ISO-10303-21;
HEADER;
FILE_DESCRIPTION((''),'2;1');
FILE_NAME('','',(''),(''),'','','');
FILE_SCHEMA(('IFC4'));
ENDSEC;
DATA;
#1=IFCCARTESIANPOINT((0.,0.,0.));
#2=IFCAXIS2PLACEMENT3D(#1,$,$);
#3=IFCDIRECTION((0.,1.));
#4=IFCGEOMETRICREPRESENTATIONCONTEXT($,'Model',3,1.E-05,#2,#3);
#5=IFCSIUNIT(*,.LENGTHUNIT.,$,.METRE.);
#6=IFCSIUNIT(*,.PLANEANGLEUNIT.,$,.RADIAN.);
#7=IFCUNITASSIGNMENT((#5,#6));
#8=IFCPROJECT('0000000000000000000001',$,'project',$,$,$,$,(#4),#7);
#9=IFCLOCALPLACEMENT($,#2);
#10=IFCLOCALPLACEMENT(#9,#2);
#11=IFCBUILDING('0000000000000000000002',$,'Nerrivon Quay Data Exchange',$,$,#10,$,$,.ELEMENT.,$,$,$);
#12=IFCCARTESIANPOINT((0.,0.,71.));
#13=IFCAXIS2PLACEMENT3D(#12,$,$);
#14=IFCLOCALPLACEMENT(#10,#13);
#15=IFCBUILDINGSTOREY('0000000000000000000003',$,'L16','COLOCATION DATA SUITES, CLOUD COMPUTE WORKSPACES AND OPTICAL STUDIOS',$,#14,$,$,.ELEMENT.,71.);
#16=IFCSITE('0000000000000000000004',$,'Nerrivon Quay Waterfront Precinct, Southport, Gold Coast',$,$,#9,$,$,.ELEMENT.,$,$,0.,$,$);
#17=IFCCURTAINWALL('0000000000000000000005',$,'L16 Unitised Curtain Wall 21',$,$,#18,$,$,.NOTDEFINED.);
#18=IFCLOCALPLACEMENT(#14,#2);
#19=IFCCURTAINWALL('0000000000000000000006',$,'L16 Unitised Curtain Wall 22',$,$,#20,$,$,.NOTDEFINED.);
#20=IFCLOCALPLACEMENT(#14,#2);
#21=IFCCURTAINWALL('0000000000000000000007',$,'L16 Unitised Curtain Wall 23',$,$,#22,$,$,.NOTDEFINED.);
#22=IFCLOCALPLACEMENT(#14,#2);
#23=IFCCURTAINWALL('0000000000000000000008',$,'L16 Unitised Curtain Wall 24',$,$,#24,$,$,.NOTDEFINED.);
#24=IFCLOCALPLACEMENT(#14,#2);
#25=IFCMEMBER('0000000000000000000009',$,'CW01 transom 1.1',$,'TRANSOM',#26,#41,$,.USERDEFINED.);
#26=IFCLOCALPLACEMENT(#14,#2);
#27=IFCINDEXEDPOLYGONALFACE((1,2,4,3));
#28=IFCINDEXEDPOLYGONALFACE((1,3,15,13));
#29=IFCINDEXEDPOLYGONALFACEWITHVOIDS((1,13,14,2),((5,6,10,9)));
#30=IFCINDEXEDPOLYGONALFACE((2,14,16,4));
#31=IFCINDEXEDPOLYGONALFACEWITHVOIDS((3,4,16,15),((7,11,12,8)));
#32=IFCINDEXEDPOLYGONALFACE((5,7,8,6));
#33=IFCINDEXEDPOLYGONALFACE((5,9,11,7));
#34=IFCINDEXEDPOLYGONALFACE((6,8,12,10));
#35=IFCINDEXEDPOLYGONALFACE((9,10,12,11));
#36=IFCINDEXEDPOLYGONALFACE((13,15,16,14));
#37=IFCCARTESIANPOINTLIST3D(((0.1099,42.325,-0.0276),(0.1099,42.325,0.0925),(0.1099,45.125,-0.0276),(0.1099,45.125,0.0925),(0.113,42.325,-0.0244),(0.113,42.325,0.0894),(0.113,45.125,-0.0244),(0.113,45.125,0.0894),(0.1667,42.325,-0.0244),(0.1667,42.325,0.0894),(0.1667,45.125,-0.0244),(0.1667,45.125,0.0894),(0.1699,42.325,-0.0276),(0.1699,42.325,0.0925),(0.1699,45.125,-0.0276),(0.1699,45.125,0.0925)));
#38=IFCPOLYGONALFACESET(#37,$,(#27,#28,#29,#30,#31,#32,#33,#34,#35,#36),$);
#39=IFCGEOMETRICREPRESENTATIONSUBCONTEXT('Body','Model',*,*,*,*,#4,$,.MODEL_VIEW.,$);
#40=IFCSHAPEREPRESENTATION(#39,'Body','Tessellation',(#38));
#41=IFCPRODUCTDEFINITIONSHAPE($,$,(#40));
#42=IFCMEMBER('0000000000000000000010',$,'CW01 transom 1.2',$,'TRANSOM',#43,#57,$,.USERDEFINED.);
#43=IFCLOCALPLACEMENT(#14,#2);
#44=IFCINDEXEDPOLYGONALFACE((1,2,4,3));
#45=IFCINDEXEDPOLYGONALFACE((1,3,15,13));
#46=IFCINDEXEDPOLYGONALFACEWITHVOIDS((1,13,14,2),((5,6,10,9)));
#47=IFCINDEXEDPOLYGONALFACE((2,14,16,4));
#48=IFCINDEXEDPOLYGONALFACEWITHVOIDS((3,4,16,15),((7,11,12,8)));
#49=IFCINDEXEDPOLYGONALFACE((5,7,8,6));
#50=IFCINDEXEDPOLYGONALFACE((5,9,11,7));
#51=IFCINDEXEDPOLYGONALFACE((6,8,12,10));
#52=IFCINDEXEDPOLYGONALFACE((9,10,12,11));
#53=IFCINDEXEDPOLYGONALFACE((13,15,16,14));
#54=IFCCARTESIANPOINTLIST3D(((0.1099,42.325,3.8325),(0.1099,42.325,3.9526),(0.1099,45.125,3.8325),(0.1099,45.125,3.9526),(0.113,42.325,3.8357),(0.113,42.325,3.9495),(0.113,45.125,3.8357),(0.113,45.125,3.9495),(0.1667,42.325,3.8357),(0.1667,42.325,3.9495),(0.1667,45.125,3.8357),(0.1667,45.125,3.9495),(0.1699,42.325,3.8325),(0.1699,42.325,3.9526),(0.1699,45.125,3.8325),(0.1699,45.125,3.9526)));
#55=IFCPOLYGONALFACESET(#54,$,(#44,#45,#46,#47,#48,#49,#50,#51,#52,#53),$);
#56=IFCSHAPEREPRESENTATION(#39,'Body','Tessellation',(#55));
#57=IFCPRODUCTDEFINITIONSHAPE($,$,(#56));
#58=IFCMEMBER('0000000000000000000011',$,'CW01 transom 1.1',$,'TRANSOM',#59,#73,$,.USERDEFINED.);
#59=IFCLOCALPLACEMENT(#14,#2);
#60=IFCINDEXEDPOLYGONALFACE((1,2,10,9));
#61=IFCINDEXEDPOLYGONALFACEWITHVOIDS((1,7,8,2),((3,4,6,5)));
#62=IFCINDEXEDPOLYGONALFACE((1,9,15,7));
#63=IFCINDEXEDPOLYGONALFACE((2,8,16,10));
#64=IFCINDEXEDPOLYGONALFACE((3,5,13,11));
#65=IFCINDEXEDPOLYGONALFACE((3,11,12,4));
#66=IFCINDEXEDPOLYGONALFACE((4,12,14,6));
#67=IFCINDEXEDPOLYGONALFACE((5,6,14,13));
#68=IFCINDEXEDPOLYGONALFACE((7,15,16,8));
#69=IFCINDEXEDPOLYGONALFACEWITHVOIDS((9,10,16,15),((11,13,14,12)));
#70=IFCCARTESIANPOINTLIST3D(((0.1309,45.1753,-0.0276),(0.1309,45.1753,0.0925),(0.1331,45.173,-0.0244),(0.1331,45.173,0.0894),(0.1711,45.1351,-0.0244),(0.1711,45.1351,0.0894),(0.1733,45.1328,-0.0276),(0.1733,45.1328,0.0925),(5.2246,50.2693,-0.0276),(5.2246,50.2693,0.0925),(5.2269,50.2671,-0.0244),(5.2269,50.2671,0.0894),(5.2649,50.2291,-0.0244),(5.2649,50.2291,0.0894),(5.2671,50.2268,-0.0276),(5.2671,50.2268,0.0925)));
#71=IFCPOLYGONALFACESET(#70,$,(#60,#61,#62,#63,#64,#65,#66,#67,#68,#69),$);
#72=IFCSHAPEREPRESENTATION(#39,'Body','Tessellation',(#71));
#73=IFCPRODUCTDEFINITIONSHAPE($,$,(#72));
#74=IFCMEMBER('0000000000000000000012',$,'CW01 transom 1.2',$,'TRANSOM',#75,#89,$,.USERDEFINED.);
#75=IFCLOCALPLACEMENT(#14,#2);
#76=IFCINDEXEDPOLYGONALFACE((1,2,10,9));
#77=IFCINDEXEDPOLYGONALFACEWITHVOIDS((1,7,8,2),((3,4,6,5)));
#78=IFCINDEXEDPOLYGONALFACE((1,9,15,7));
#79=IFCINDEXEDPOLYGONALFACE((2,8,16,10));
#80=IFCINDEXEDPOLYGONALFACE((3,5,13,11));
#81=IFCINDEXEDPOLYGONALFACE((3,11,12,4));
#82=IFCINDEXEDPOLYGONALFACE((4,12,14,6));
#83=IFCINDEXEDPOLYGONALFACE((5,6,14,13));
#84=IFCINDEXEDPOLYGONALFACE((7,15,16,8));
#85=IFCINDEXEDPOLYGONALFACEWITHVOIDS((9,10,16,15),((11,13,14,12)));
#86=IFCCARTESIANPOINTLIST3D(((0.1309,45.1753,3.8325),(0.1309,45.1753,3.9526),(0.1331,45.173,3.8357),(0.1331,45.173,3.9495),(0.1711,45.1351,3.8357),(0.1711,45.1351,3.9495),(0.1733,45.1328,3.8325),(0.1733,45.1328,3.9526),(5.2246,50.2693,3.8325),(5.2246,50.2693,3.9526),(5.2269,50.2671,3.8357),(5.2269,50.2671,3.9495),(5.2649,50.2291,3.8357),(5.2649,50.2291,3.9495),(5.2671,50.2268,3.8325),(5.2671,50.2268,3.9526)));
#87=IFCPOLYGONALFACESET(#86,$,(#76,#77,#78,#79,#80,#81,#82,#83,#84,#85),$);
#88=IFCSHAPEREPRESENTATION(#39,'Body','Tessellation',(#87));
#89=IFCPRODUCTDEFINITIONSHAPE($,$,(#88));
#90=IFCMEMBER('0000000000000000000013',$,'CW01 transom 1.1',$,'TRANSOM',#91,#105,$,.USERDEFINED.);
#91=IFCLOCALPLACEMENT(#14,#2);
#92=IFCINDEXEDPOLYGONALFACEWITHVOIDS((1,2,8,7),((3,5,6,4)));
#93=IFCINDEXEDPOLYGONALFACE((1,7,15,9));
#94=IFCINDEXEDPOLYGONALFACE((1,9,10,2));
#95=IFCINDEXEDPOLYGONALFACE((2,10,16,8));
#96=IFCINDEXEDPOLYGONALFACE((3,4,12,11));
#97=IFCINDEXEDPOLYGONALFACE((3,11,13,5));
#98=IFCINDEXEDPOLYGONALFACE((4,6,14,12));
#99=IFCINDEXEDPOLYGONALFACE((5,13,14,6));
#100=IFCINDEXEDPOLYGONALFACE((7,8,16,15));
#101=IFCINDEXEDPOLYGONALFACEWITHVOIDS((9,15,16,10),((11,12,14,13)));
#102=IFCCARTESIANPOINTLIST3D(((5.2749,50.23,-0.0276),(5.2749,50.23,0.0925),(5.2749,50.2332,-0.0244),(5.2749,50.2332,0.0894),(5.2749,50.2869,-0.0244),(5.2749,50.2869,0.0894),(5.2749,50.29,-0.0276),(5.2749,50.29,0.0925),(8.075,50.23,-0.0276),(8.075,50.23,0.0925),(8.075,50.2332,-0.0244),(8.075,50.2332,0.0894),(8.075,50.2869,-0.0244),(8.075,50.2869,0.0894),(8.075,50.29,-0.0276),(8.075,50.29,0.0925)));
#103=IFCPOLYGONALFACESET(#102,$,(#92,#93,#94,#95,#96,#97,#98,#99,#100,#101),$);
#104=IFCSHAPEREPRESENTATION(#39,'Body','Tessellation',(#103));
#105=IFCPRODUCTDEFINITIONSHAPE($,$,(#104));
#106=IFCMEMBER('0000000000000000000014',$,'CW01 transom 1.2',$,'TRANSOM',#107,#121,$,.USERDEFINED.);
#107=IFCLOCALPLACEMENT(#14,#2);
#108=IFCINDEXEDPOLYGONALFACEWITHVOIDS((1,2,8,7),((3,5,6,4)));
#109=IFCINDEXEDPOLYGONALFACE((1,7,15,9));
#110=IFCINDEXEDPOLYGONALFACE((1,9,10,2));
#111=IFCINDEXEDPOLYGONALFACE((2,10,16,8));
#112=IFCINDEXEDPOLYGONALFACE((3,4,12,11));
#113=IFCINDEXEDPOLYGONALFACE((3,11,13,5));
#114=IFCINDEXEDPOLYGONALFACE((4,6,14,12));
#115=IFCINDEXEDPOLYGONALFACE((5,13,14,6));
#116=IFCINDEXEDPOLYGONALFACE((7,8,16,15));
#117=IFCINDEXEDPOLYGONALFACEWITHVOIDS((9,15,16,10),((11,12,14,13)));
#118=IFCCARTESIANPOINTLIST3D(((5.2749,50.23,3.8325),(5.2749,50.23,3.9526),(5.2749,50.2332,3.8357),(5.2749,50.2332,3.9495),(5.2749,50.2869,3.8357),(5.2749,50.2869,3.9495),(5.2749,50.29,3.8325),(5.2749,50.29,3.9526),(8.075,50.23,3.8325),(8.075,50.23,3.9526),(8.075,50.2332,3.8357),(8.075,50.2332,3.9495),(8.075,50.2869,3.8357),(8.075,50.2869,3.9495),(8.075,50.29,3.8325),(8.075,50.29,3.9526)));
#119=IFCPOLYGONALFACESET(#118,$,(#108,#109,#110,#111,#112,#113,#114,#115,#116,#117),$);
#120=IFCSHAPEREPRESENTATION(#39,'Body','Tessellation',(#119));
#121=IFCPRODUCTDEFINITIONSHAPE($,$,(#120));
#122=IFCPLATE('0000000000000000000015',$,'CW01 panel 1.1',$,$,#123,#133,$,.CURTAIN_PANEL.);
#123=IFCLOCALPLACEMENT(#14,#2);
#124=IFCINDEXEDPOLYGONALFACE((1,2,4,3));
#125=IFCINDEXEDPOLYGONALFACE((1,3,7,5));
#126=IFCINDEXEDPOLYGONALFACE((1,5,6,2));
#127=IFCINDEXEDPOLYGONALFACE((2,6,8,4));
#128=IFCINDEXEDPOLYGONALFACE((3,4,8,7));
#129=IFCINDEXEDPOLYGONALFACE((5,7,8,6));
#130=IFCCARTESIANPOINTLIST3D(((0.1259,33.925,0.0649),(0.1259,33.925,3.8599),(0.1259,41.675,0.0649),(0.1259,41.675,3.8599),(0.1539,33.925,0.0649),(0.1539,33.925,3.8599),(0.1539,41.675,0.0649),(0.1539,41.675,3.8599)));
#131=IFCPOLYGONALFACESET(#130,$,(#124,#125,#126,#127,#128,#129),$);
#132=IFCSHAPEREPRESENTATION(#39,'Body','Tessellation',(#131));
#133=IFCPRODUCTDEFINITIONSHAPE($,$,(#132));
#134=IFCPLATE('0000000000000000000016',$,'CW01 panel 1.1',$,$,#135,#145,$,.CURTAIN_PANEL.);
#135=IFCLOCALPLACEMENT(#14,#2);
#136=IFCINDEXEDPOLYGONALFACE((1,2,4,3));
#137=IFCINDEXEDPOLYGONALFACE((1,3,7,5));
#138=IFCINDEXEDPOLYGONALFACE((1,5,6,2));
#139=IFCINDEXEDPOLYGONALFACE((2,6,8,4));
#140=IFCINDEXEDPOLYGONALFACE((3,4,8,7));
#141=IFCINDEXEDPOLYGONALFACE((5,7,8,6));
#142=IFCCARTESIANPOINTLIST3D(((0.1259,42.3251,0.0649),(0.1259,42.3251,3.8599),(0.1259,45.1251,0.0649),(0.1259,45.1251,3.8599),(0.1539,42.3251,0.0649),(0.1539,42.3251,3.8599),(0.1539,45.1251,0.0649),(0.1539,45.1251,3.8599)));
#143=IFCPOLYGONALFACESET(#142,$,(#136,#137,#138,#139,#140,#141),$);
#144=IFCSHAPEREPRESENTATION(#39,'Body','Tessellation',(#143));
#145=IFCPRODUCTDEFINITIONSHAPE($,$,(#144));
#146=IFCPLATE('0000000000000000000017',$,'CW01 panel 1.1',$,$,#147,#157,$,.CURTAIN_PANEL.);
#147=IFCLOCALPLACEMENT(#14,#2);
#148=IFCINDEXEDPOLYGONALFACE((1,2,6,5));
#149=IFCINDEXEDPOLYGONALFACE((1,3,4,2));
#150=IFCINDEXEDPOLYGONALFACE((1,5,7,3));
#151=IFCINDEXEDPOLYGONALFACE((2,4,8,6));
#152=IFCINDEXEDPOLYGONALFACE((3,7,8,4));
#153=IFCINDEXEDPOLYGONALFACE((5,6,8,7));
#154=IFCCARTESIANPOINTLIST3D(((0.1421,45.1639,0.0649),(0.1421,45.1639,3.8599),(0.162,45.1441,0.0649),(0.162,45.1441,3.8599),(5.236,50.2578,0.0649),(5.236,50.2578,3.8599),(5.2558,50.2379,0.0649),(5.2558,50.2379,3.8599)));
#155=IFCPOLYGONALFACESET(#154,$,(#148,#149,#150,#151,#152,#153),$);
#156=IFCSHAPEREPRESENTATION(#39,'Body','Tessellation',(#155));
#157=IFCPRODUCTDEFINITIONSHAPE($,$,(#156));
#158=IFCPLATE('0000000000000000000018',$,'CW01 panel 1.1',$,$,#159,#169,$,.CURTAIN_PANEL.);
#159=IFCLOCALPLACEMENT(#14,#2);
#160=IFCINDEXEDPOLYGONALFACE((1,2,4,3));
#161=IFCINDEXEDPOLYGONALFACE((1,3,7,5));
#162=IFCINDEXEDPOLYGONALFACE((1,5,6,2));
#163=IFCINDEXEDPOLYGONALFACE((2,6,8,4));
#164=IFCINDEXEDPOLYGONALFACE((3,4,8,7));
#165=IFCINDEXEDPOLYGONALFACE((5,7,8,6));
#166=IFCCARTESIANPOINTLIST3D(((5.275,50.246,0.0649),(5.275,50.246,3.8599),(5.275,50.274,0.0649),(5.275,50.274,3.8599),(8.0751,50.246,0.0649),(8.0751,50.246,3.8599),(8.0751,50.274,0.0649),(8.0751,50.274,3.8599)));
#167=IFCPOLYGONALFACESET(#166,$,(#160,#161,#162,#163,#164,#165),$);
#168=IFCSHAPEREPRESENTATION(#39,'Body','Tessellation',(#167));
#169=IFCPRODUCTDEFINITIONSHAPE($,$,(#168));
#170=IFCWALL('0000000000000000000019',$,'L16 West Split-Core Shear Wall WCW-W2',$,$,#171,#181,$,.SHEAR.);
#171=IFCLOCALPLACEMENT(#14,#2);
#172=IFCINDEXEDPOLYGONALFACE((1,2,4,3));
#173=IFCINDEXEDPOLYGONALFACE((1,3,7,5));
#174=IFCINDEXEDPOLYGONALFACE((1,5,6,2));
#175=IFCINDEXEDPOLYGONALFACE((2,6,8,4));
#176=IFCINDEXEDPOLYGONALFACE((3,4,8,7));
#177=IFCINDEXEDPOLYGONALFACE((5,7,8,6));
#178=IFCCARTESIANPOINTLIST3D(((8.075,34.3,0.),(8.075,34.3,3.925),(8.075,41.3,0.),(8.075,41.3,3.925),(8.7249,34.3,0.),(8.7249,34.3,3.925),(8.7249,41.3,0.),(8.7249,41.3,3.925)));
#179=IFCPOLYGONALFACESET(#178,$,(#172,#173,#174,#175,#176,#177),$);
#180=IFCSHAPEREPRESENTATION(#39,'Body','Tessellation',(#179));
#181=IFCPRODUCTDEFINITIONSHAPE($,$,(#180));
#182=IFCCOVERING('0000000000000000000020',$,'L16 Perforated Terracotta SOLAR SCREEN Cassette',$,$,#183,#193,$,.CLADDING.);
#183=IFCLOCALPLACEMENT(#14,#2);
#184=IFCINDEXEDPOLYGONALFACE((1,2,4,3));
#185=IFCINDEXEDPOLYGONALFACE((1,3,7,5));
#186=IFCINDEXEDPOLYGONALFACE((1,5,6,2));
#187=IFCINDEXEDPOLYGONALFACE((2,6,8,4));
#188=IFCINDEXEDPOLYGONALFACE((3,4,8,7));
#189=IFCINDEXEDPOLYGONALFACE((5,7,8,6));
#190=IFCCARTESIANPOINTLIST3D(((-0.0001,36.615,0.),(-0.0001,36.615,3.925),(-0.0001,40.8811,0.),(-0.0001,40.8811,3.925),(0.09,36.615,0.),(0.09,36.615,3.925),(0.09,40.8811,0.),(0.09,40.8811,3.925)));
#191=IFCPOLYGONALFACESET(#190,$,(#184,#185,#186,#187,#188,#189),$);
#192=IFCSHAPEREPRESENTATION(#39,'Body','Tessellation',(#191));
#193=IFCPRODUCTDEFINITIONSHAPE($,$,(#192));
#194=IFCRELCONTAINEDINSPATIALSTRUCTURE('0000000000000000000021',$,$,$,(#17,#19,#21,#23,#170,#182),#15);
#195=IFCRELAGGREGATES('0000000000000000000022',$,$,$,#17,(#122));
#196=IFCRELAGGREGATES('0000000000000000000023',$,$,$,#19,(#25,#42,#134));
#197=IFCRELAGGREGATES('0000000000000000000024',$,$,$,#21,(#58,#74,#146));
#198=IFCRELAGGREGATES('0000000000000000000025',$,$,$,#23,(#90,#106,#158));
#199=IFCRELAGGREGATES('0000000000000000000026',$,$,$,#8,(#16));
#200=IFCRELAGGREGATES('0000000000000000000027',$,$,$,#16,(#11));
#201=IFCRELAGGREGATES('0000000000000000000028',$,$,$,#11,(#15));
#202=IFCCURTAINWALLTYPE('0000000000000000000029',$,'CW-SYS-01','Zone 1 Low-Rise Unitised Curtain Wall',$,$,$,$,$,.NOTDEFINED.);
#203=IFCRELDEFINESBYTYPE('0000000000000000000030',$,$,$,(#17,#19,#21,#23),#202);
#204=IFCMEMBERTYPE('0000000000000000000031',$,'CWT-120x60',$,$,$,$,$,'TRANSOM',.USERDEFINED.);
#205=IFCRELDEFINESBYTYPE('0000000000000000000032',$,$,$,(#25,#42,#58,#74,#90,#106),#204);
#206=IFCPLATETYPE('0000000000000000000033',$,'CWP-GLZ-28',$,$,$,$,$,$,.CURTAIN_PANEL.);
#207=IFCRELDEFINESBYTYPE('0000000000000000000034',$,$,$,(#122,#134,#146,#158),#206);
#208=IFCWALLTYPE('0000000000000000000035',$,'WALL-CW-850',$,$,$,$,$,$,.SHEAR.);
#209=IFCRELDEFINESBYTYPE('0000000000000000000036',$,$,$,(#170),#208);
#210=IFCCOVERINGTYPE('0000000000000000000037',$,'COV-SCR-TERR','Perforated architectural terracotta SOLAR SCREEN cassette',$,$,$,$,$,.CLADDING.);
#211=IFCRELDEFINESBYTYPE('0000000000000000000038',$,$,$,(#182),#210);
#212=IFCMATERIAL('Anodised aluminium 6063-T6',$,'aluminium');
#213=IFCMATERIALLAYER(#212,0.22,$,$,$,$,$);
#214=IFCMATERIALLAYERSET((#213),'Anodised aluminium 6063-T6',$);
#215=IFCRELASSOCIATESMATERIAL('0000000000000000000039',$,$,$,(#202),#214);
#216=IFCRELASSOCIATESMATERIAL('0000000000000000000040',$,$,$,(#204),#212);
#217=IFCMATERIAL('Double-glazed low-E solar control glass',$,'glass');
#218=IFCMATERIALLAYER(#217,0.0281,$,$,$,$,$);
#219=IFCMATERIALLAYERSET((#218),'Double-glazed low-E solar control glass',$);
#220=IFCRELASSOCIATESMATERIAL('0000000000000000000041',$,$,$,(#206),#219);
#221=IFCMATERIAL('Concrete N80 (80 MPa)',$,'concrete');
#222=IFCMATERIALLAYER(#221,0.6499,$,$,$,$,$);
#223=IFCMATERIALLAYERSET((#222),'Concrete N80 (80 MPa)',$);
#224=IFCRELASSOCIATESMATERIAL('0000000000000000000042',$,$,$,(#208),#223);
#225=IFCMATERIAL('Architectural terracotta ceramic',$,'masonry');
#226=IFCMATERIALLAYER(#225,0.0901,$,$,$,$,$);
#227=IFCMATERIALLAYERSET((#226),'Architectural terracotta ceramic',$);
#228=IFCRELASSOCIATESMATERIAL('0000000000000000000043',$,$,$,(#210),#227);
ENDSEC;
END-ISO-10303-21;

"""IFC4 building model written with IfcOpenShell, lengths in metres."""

from ifc_helpers import new_model, si_unit, direction, frame, frame_2d, origin, origin_2d, place, context, subcontext, project, spatial, rectangle, hollow_rectangle, extrude, material, layer, layer_set, material_profile, profile_set, type_object, element, aggregate, save


model = new_model("IFC4")

# Units and contexts
model_context = context("Model", 3, precision=1e-05, world=origin(), true_north=direction((0.0, 1.0)))
body_context = subcontext(model_context, "Body", "Model", "MODEL_VIEW")
ifc_project = project(units=[si_unit("LENGTHUNIT", "METRE"), si_unit("PLANEANGLEUNIT", "RADIAN")], contexts=[model_context])

# Site, building, storey
site_placement = place(None, origin())
site = spatial("IfcSite", under=ifc_project, at=site_placement, Name="Nerrivon Quay Waterfront Precinct, Southport, Gold Coast", CompositionType="ELEMENT", RefElevation=0.0)
building_placement = place(site_placement, origin())
building = spatial("IfcBuilding", under=site, at=building_placement, Name="Nerrivon Quay Data Exchange", CompositionType="ELEMENT")
storey_placement = place(building_placement, frame((0.0, 0.0, 71.0)))
storey = spatial("IfcBuildingStorey", under=building, at=storey_placement, Name="L16", Description="COLOCATION DATA SUITES, CLOUD COMPUTE WORKSPACES AND OPTICAL STUDIOS", CompositionType="ELEMENT", Elevation=71.0)

# Shared definitions
ifc_material_1 = material(Name="Concrete N80 (80 MPa)", Category="concrete")

# Curtain wall
ifc_material_2 = material(Name="Anodised aluminium 6063-T6", Category="aluminium")
ifc_layer_1 = layer(ifc_material_2, 0.22)
ifc_layer_set_1 = layer_set([ifc_layer_1], Name="Anodised aluminium 6063-T6")
curtain_wall_type = type_object("IfcCurtainWallType", Name="CW-SYS-01", Description="Zone 1 Low-Rise Unitised Curtain Wall", PredefinedType="NOTDEFINED", material=ifc_layer_set_1)
curtain_wall_1_placement = place(storey_placement, origin())
curtain_wall_1 = element("IfcCurtainWall", 1, at=curtain_wall_1_placement, inside=storey, type_object=curtain_wall_type, Name="L16 Unitised Curtain Wall 21", PredefinedType="NOTDEFINED")

# Curtain walls
curtain_wall_2_placement = place(storey_placement, origin())
curtain_wall_2 = element("IfcCurtainWall", 2, at=curtain_wall_2_placement, inside=storey, type_object=curtain_wall_type, Name="L16 Unitised Curtain Wall 22", PredefinedType="NOTDEFINED")
curtain_wall_3_placement = place(storey_placement, origin())
curtain_wall_3 = element("IfcCurtainWall", 3, at=curtain_wall_3_placement, inside=storey, type_object=curtain_wall_type, Name="L16 Unitised Curtain Wall 23", PredefinedType="NOTDEFINED")
curtain_wall_4_placement = place(storey_placement, origin())
curtain_wall_4 = element("IfcCurtainWall", 4, at=curtain_wall_4_placement, inside=storey, type_object=curtain_wall_type, Name="L16 Unitised Curtain Wall 24", PredefinedType="NOTDEFINED")

# Members
ifc_material_profile_1 = material_profile(ifc_material_2, hollow_rectangle(XDim=0.0601, YDim=0.1201, WallThickness=0.0032, at=origin_2d()), Name="ALU-TRAN-120x60")
ifc_profile_set_1 = profile_set([ifc_material_profile_1], Name="Anodised aluminium 6063-T6")
member_type_1 = type_object("IfcMemberType", Name="CWT-120x60", ElementType="TRANSOM", PredefinedType="USERDEFINED", material=ifc_profile_set_1)
member_1_placement = place(storey_placement, frame((0.1399, 42.325, 0.0325), z_axis=(0.0, 1.0, 0.0), x_axis=(-1.0, 0.0, 0.0)))
member_1 = element("IfcMember", 5, at=member_1_placement, type_object=member_type_1, Name="CW01 transom 1.1", ObjectType="TRANSOM", PredefinedType="USERDEFINED", context=body_context, shape_type="SweptSolid", body=[
    extrude(hollow_rectangle(XDim=0.0601, YDim=0.1201, WallThickness=0.0032, at=origin_2d()), origin(), (0.0, 0.0, 1.0), 2.8),
])
member_2_placement = place(storey_placement, frame((0.1399, 42.325, 3.8926), z_axis=(0.0, 1.0, 0.0), x_axis=(-1.0, 0.0, 0.0)))
member_2 = element("IfcMember", 6, at=member_2_placement, type_object=member_type_1, Name="CW01 transom 1.2", ObjectType="TRANSOM", PredefinedType="USERDEFINED", context=body_context, shape_type="SweptSolid", body=[
    extrude(hollow_rectangle(XDim=0.0601, YDim=0.1201, WallThickness=0.0032, at=origin_2d()), origin(), (0.0, 0.0, 1.0), 2.8),
])
member_3_placement = place(storey_placement, frame((0.1521, 45.1541, 0.0325), z_axis=(0.70709, 0.707124, 0.0), x_axis=(-0.707124, 0.70709, 0.0)))
member_3 = element("IfcMember", 7, at=member_3_placement, type_object=member_type_1, Name="CW01 transom 1.1", ObjectType="TRANSOM", PredefinedType="USERDEFINED", context=body_context, shape_type="SweptSolid", body=[
    extrude(hollow_rectangle(XDim=0.0601, YDim=0.1201, WallThickness=0.0032, at=origin_2d()), origin(), (0.0, 0.0, 1.0), 7.2039),
])
member_4_placement = place(storey_placement, frame((0.1521, 45.1541, 3.8926), z_axis=(0.70709, 0.707124, 0.0), x_axis=(-0.707124, 0.70709, 0.0)))
member_4 = element("IfcMember", 8, at=member_4_placement, type_object=member_type_1, Name="CW01 transom 1.2", ObjectType="TRANSOM", PredefinedType="USERDEFINED", context=body_context, shape_type="SweptSolid", body=[
    extrude(hollow_rectangle(XDim=0.0601, YDim=0.1201, WallThickness=0.0032, at=origin_2d()), origin(), (0.0, 0.0, 1.0), 7.2039),
])
member_5_placement = place(storey_placement, frame((5.2749, 50.26, 0.0325), z_axis=(1.0, 0.0, 0.0), x_axis=(0.0, 1.0, 0.0)))
member_5 = element("IfcMember", 9, at=member_5_placement, type_object=member_type_1, Name="CW01 transom 1.1", ObjectType="TRANSOM", PredefinedType="USERDEFINED", context=body_context, shape_type="SweptSolid", body=[
    extrude(hollow_rectangle(XDim=0.0601, YDim=0.1201, WallThickness=0.0032, at=origin_2d()), origin(), (0.0, 0.0, 1.0), 2.8),
])
member_6_placement = place(storey_placement, frame((5.2749, 50.26, 3.8926), z_axis=(1.0, 0.0, 0.0), x_axis=(0.0, 1.0, 0.0)))
member_6 = element("IfcMember", 10, at=member_6_placement, type_object=member_type_1, Name="CW01 transom 1.2", ObjectType="TRANSOM", PredefinedType="USERDEFINED", context=body_context, shape_type="SweptSolid", body=[
    extrude(hollow_rectangle(XDim=0.0601, YDim=0.1201, WallThickness=0.0032, at=origin_2d()), origin(), (0.0, 0.0, 1.0), 2.8),
])

# Plates
ifc_material_3 = material(Name="Double-glazed low-E solar control glass", Category="glass")
ifc_layer_2 = layer(ifc_material_3, 0.0281)
ifc_layer_set_2 = layer_set([ifc_layer_2], Name="Double-glazed low-E solar control glass")
plate_type = type_object("IfcPlateType", Name="CWP-GLZ-28", PredefinedType="CURTAIN_PANEL", material=ifc_layer_set_2)
plate_1_placement = place(storey_placement, frame((0.1399, 37.8, 0.0649), z_axis=(0.0, 0.0, 1.0), x_axis=(0.0, 1.0, 0.0)))
plate_1 = element("IfcPlate", 11, at=plate_1_placement, type_object=plate_type, Name="CW01 panel 1.1", PredefinedType="CURTAIN_PANEL", context=body_context, shape_type="SweptSolid", body=[
    extrude(rectangle(XDim=7.75, YDim=0.0281, at=origin_2d()), origin(), (0.0, 0.0, 1.0), 3.7949),
])
aggregate(curtain_wall_1, [plate_1])
plate_2_placement = place(storey_placement, frame((0.1399, 43.7251, 0.0649), z_axis=(0.0, 0.0, 1.0), x_axis=(0.0, 1.0, 0.0)))
plate_2 = element("IfcPlate", 12, at=plate_2_placement, type_object=plate_type, Name="CW01 panel 1.1", PredefinedType="CURTAIN_PANEL", context=body_context, shape_type="SweptSolid", body=[
    extrude(rectangle(XDim=2.8, YDim=0.0281, at=origin_2d()), origin(), (0.0, 0.0, 1.0), 3.7949),
])
aggregate(curtain_wall_2, [member_1, member_2, plate_2])
plate_3_placement = place(storey_placement, frame((2.699, 47.7009, 0.0649), z_axis=(0.0, 0.0, 1.0), x_axis=(0.707107, 0.707107, 0.0)))
plate_3 = element("IfcPlate", 13, at=plate_3_placement, type_object=plate_type, Name="CW01 panel 1.1", PredefinedType="CURTAIN_PANEL", context=body_context, shape_type="SweptSolid", body=[
    extrude(rectangle(XDim=7.2039, YDim=0.0281, at=origin_2d()), origin(), (0.0, 0.0, 1.0), 3.7949),
])
aggregate(curtain_wall_3, [member_3, member_4, plate_3])
plate_4_placement = place(storey_placement, frame((6.675, 50.26, 0.0649), z_axis=(0.0, 0.0, 1.0), x_axis=(1.0, 0.0, 0.0)))
plate_4 = element("IfcPlate", 14, at=plate_4_placement, type_object=plate_type, Name="CW01 panel 1.1", PredefinedType="CURTAIN_PANEL", context=body_context, shape_type="SweptSolid", body=[
    extrude(rectangle(XDim=2.8, YDim=0.0281, at=origin_2d()), origin(), (0.0, 0.0, 1.0), 3.7949),
])
aggregate(curtain_wall_4, [member_5, member_6, plate_4])

# Wall
ifc_layer_3 = layer(ifc_material_1, 0.6499)
ifc_layer_set_3 = layer_set([ifc_layer_3], Name="Concrete N80 (80 MPa)")
wall_type = type_object("IfcWallType", Name="WALL-CW-850", PredefinedType="SHEAR", material=ifc_layer_set_3)
wall_placement = place(storey_placement, frame((8.3999, 34.3, 0.0), z_axis=(0.0, 0.0, 1.0), x_axis=(0.0, 1.0, 0.0)))
element("IfcWall", 15, at=wall_placement, inside=storey, type_object=wall_type, Name="L16 West Split-Core Shear Wall WCW-W2", PredefinedType="SHEAR", context=body_context, shape_type="SweptSolid", body=[
    extrude(rectangle(XDim=7.0, YDim=0.6499, at=frame_2d((3.5, 0.0))), origin(), (0.0, 0.0, 1.0), 3.925),
])

# Covering
ifc_material_4 = material(Name="Architectural terracotta ceramic", Category="masonry")
ifc_layer_4 = layer(ifc_material_4, 0.0901)
ifc_layer_set_4 = layer_set([ifc_layer_4], Name="Architectural terracotta ceramic")
covering_type = type_object("IfcCoveringType", Name="COV-SCR-TERR", Description="Perforated architectural terracotta SOLAR SCREEN cassette", PredefinedType="CLADDING", material=ifc_layer_set_4)
covering_1_placement = place(storey_placement, frame((0.0449, 38.748, 0.0), z_axis=(0.0, 0.0, 1.0), x_axis=(0.0, 1.0, 0.0)))
element("IfcCovering", 16, at=covering_1_placement, inside=storey, type_object=covering_type, Name="L16 Perforated Terracotta SOLAR SCREEN Cassette", PredefinedType="CLADDING", context=body_context, shape_type="SweptSolid", body=[
    extrude(rectangle(XDim=4.2661, YDim=0.0901, at=origin_2d()), origin(), (0.0, 0.0, 1.0), 3.925),
])

save(model, "model.ifc")
